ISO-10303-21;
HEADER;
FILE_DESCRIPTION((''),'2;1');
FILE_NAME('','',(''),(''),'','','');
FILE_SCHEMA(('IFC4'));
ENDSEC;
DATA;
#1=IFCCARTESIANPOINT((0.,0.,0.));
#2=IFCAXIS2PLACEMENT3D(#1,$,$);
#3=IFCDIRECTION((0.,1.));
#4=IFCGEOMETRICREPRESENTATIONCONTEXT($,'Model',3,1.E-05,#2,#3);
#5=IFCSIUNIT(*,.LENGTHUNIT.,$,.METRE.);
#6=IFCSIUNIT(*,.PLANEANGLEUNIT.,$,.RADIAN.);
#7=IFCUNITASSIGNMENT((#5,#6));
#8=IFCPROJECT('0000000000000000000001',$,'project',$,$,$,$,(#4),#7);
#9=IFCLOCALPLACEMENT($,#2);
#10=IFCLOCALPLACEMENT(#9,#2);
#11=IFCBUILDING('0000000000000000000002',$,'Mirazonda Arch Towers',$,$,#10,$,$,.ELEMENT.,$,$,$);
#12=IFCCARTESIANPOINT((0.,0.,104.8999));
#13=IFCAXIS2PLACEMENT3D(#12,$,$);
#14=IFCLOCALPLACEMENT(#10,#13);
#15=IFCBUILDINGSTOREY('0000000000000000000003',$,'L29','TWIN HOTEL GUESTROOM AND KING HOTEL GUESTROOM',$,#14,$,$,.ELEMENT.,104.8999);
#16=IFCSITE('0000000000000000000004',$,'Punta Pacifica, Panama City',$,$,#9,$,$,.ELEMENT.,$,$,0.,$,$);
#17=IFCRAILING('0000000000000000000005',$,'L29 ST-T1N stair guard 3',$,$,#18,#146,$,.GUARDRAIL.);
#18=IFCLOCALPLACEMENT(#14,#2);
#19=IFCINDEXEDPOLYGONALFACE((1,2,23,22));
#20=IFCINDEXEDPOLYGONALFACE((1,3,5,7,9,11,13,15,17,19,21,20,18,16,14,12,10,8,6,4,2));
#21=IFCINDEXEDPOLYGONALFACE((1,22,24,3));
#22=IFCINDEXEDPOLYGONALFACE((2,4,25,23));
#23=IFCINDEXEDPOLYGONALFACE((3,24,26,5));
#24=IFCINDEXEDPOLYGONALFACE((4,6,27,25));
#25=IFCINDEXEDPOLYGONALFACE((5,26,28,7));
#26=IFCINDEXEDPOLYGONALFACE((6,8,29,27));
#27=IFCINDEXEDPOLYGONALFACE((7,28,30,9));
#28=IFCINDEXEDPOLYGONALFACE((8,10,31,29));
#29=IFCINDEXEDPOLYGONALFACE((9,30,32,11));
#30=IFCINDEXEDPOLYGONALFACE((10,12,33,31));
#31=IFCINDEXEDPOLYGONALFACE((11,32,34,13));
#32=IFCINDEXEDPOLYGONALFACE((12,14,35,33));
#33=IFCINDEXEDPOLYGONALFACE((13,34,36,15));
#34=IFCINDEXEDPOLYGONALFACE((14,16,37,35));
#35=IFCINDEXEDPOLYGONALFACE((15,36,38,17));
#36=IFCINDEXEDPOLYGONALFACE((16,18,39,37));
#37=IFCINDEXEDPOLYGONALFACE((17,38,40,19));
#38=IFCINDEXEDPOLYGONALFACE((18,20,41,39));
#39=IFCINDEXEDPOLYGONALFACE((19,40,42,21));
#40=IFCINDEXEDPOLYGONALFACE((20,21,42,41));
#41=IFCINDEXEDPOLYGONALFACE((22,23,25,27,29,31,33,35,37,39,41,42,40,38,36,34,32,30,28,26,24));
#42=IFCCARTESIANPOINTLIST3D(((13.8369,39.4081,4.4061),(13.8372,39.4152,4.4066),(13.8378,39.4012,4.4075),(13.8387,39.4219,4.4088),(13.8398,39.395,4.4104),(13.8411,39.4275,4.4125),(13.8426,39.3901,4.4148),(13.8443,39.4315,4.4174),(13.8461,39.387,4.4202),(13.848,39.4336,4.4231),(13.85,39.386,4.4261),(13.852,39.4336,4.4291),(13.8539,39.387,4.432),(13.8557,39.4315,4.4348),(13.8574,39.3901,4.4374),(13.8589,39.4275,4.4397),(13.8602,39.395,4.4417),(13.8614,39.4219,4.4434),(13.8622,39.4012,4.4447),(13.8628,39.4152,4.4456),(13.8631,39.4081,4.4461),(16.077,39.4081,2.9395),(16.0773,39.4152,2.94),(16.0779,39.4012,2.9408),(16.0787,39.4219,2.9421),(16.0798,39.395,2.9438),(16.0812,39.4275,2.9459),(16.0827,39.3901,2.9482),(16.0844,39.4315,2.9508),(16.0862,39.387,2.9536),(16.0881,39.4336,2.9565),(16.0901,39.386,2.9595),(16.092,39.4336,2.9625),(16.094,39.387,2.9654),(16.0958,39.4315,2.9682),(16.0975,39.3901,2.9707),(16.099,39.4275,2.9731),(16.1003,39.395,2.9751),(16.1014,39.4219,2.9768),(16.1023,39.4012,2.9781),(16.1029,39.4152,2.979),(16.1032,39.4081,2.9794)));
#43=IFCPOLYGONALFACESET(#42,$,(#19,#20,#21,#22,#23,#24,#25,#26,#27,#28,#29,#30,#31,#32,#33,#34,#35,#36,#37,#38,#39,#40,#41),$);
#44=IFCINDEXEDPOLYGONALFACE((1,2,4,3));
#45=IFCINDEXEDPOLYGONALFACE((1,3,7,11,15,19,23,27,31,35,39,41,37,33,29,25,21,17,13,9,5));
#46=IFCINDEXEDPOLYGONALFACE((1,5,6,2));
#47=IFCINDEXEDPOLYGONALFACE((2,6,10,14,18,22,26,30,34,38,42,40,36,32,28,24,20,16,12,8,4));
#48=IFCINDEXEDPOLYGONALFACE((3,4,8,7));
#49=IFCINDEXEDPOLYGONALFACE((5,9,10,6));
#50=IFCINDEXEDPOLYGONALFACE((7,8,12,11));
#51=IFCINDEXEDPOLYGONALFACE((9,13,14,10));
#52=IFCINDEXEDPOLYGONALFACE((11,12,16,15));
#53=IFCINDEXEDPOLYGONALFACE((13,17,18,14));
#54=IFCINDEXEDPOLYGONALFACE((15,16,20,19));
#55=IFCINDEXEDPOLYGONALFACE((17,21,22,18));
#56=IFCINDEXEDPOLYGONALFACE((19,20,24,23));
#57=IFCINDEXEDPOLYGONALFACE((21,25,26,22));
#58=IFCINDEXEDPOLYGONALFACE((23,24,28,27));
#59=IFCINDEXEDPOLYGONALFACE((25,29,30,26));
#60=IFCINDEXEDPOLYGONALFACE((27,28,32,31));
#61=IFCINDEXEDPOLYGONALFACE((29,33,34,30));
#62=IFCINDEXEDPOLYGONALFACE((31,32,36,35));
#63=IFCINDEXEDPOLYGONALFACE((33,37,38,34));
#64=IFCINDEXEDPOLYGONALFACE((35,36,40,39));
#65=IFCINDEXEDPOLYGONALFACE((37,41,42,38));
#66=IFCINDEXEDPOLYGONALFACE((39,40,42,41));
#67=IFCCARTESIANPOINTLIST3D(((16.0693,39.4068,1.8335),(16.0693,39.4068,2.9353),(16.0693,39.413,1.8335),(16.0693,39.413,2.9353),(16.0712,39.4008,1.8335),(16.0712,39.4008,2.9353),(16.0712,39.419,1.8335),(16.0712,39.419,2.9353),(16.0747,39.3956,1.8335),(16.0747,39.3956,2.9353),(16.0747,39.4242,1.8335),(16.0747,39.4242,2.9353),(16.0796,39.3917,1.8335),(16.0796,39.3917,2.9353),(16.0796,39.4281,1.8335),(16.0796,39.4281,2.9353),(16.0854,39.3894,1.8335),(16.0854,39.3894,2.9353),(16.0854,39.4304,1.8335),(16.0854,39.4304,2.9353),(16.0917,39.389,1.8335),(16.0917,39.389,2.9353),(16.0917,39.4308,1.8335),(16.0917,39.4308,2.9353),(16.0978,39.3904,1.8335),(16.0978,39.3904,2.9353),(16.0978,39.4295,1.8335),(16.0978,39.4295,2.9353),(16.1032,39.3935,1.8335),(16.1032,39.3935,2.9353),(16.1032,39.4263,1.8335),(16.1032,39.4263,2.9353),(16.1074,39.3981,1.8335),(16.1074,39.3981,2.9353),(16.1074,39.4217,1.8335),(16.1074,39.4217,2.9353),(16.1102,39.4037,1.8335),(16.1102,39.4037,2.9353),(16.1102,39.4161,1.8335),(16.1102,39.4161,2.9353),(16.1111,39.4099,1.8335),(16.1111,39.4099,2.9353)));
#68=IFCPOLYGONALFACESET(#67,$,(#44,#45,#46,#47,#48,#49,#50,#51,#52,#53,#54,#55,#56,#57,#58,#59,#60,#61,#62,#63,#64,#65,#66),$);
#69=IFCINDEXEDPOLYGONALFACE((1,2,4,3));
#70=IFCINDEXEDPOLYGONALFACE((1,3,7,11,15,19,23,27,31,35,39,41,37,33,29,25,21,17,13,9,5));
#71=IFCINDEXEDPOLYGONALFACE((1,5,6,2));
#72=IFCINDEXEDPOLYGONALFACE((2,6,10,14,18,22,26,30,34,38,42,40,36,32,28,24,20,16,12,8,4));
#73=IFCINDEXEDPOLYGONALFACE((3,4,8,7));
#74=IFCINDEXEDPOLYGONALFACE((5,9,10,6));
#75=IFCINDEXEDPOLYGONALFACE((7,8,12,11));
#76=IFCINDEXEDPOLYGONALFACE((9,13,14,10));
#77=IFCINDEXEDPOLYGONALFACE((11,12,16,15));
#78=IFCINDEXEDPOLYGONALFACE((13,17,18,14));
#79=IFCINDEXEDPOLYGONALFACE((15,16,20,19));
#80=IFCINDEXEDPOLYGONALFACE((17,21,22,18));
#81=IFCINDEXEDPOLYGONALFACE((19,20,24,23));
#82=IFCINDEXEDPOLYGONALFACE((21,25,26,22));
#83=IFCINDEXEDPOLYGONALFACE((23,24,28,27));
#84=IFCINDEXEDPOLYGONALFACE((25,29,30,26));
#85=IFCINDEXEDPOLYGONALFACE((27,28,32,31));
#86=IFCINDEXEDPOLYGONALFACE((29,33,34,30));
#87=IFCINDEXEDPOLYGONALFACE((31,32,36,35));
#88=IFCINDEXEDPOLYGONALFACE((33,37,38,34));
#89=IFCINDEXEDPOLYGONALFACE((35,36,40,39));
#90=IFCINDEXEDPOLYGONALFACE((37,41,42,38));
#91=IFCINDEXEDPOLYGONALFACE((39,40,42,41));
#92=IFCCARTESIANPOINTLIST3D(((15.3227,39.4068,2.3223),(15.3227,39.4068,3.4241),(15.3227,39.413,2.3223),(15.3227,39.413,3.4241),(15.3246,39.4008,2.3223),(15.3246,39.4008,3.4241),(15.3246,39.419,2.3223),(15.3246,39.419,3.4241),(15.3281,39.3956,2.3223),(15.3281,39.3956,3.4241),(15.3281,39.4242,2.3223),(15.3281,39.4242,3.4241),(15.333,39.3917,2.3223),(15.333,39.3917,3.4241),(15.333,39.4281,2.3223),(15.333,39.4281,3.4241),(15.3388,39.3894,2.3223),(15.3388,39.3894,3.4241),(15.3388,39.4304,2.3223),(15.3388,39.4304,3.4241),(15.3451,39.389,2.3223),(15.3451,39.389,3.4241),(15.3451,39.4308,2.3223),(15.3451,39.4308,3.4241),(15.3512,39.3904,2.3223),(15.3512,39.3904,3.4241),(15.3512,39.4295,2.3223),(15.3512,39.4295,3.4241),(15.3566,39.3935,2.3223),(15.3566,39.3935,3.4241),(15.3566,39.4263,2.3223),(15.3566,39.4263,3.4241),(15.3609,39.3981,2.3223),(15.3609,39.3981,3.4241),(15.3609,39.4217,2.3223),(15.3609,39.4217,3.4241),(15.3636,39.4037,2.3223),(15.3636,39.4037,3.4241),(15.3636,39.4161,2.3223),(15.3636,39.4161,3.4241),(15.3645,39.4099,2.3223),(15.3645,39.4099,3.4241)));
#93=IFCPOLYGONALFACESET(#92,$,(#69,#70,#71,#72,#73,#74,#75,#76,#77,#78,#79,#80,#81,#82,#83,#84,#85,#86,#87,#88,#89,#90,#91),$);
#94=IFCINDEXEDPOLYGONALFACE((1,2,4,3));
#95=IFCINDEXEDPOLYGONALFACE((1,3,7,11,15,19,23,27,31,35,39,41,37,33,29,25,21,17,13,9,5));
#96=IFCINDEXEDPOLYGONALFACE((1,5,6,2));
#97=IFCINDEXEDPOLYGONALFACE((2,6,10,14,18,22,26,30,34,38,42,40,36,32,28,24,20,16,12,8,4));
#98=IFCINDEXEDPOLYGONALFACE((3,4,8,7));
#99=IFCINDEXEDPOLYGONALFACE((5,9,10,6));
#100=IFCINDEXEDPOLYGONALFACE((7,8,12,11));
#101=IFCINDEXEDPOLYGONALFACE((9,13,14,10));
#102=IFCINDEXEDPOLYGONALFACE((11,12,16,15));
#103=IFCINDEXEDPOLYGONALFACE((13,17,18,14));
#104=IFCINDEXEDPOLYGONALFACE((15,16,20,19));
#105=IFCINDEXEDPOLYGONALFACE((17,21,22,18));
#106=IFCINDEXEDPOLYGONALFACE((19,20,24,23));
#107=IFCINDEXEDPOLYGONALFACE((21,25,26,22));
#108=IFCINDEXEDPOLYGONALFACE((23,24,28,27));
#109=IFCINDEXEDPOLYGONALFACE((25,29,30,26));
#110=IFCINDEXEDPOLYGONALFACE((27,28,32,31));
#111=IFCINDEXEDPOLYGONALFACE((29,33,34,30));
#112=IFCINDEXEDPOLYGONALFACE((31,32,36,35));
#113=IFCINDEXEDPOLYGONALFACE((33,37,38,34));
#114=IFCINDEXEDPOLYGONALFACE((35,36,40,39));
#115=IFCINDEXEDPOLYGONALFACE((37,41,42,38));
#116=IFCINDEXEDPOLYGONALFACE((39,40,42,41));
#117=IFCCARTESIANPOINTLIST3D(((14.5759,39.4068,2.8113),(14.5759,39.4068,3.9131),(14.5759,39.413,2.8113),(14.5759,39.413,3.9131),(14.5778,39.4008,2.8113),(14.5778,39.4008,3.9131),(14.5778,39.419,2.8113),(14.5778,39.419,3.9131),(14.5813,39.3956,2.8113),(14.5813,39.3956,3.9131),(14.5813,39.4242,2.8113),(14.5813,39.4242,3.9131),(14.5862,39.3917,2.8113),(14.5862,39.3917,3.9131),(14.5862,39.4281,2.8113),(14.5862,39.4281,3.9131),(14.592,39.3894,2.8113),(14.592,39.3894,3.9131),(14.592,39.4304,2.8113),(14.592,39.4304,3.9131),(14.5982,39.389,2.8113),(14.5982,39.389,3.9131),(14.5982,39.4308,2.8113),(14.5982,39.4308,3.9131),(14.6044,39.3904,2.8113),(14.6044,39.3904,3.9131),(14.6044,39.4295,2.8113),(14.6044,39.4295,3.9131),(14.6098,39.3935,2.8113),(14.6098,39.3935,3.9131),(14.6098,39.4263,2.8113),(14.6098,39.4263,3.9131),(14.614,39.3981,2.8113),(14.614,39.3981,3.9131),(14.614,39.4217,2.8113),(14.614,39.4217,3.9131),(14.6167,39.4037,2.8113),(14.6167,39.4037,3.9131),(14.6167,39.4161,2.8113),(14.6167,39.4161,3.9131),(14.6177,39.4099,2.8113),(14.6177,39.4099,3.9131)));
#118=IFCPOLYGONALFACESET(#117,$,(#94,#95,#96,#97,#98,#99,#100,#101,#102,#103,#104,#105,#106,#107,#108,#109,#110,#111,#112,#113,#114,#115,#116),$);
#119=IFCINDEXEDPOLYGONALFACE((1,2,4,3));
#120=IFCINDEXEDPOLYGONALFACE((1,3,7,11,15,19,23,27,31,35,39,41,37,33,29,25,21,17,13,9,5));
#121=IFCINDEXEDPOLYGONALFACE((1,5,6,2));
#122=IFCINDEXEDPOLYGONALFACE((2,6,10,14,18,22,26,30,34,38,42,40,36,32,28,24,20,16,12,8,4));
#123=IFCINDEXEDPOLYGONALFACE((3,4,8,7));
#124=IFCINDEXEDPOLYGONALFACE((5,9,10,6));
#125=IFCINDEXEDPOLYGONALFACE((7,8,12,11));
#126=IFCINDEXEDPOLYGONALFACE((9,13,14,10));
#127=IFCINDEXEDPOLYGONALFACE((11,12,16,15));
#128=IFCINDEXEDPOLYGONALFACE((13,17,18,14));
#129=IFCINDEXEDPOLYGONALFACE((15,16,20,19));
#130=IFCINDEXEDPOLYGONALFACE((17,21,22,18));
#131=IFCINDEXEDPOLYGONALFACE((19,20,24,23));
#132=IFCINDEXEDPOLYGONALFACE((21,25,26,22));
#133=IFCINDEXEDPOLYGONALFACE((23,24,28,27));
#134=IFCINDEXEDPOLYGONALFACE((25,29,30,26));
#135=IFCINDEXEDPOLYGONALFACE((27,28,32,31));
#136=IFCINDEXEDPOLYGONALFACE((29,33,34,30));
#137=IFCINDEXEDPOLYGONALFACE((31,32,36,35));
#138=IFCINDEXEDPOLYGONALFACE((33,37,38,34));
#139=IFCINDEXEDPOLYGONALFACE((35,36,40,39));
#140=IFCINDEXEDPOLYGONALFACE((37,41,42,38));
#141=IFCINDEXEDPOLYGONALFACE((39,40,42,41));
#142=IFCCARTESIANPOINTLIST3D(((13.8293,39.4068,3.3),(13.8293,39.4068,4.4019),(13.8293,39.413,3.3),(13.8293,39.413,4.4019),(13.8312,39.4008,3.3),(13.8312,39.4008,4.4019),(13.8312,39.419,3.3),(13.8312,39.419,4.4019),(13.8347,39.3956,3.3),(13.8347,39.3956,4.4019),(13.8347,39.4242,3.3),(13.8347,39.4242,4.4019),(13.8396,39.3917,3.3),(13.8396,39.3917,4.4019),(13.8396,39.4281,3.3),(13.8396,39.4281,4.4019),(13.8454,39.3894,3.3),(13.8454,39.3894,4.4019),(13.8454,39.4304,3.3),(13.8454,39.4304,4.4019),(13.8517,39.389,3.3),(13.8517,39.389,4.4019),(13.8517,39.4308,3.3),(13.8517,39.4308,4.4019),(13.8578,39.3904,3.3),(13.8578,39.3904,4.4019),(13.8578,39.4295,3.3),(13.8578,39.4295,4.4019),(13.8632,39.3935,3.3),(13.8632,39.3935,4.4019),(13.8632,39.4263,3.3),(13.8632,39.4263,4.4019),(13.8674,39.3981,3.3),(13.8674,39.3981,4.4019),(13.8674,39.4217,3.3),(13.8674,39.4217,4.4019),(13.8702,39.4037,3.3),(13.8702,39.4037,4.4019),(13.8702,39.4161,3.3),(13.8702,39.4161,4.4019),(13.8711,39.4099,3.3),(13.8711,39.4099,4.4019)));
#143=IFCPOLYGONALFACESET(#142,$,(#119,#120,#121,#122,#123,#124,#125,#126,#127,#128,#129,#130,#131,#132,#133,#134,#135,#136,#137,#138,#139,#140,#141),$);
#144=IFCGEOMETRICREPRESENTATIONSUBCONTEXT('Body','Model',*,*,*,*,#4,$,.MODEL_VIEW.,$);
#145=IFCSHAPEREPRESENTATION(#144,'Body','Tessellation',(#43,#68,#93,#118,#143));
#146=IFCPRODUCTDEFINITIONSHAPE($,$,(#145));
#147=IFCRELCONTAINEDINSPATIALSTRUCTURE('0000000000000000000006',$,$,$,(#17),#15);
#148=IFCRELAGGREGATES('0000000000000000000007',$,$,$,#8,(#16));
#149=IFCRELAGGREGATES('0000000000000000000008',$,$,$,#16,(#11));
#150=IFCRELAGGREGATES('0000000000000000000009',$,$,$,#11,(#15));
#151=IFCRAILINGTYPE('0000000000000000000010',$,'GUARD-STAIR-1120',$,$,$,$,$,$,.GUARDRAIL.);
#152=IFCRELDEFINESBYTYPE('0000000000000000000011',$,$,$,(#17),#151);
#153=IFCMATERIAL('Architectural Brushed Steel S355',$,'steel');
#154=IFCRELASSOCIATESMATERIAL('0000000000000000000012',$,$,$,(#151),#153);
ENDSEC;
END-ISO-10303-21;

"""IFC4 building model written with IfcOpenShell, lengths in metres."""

from ifc_helpers import new_model, si_unit, direction, frame, origin, origin_2d, place, context, subcontext, project, spatial, circle, extrude, material, type_object, element, save


model = new_model("IFC4")

# Units and contexts
model_context = context("Model", 3, precision=1e-05, world=origin(), true_north=direction((0.0, 1.0)))
body_context = subcontext(model_context, "Body", "Model", "MODEL_VIEW")
ifc_project = project(units=[si_unit("LENGTHUNIT", "METRE"), si_unit("PLANEANGLEUNIT", "RADIAN")], contexts=[model_context])

# Site, building, storey
site_placement = place(None, origin())
site = spatial("IfcSite", under=ifc_project, at=site_placement, Name="Punta Pacifica, Panama City", CompositionType="ELEMENT", RefElevation=0.0)
building_placement = place(site_placement, origin())
building = spatial("IfcBuilding", under=site, at=building_placement, Name="Mirazonda Arch Towers", CompositionType="ELEMENT")
storey_placement = place(building_placement, frame((0.0, 0.0, 104.8999)))
storey = spatial("IfcBuildingStorey", under=building, at=storey_placement, Name="L29", Description="TWIN HOTEL GUESTROOM AND KING HOTEL GUESTROOM", CompositionType="ELEMENT", Elevation=104.8999)

# Shared definitions
ifc_material_1 = material(Name="Architectural Brushed Steel S355", Category="steel")

# Railing
railing_type_1 = type_object("IfcRailingType", Name="GUARD-STAIR-1120", PredefinedType="GUARDRAIL", material=ifc_material_1)
railing_1_placement = place(storey_placement, frame((16.0901, 39.4099, 1.8335)))
element("IfcRailing", 1, at=railing_1_placement, inside=storey, type_object=railing_type_1, Name="L29 ST-T1N stair guard 3", PredefinedType="GUARDRAIL", context=body_context, shape_type="SweptSolid", body=[
    extrude(circle(Radius=0.0239, at=origin_2d()), frame((0.0, 0.0, 1.126), z_axis=(-0.836637, 0.0, 0.547758), x_axis=(0.0, -1.0, 0.0)), (0.0, 0.0, 1.0), 2.6775),
    extrude(circle(Radius=0.021, at=origin_2d()), origin(), (0.0, 0.0, 1.0), 1.1018),
    extrude(circle(Radius=0.021, at=origin_2d()), frame((-0.7466, 0.0, 0.4888)), (0.0, 0.0, 1.0), 1.1018),
    extrude(circle(Radius=0.021, at=origin_2d()), frame((-1.4934, 0.0, 0.9778)), (0.0, 0.0, 1.0), 1.1018),
    extrude(circle(Radius=0.021, at=origin_2d()), frame((-2.24, 0.0, 1.4666)), (0.0, 0.0, 1.0), 1.1018),
])

save(model, "model.ifc")
